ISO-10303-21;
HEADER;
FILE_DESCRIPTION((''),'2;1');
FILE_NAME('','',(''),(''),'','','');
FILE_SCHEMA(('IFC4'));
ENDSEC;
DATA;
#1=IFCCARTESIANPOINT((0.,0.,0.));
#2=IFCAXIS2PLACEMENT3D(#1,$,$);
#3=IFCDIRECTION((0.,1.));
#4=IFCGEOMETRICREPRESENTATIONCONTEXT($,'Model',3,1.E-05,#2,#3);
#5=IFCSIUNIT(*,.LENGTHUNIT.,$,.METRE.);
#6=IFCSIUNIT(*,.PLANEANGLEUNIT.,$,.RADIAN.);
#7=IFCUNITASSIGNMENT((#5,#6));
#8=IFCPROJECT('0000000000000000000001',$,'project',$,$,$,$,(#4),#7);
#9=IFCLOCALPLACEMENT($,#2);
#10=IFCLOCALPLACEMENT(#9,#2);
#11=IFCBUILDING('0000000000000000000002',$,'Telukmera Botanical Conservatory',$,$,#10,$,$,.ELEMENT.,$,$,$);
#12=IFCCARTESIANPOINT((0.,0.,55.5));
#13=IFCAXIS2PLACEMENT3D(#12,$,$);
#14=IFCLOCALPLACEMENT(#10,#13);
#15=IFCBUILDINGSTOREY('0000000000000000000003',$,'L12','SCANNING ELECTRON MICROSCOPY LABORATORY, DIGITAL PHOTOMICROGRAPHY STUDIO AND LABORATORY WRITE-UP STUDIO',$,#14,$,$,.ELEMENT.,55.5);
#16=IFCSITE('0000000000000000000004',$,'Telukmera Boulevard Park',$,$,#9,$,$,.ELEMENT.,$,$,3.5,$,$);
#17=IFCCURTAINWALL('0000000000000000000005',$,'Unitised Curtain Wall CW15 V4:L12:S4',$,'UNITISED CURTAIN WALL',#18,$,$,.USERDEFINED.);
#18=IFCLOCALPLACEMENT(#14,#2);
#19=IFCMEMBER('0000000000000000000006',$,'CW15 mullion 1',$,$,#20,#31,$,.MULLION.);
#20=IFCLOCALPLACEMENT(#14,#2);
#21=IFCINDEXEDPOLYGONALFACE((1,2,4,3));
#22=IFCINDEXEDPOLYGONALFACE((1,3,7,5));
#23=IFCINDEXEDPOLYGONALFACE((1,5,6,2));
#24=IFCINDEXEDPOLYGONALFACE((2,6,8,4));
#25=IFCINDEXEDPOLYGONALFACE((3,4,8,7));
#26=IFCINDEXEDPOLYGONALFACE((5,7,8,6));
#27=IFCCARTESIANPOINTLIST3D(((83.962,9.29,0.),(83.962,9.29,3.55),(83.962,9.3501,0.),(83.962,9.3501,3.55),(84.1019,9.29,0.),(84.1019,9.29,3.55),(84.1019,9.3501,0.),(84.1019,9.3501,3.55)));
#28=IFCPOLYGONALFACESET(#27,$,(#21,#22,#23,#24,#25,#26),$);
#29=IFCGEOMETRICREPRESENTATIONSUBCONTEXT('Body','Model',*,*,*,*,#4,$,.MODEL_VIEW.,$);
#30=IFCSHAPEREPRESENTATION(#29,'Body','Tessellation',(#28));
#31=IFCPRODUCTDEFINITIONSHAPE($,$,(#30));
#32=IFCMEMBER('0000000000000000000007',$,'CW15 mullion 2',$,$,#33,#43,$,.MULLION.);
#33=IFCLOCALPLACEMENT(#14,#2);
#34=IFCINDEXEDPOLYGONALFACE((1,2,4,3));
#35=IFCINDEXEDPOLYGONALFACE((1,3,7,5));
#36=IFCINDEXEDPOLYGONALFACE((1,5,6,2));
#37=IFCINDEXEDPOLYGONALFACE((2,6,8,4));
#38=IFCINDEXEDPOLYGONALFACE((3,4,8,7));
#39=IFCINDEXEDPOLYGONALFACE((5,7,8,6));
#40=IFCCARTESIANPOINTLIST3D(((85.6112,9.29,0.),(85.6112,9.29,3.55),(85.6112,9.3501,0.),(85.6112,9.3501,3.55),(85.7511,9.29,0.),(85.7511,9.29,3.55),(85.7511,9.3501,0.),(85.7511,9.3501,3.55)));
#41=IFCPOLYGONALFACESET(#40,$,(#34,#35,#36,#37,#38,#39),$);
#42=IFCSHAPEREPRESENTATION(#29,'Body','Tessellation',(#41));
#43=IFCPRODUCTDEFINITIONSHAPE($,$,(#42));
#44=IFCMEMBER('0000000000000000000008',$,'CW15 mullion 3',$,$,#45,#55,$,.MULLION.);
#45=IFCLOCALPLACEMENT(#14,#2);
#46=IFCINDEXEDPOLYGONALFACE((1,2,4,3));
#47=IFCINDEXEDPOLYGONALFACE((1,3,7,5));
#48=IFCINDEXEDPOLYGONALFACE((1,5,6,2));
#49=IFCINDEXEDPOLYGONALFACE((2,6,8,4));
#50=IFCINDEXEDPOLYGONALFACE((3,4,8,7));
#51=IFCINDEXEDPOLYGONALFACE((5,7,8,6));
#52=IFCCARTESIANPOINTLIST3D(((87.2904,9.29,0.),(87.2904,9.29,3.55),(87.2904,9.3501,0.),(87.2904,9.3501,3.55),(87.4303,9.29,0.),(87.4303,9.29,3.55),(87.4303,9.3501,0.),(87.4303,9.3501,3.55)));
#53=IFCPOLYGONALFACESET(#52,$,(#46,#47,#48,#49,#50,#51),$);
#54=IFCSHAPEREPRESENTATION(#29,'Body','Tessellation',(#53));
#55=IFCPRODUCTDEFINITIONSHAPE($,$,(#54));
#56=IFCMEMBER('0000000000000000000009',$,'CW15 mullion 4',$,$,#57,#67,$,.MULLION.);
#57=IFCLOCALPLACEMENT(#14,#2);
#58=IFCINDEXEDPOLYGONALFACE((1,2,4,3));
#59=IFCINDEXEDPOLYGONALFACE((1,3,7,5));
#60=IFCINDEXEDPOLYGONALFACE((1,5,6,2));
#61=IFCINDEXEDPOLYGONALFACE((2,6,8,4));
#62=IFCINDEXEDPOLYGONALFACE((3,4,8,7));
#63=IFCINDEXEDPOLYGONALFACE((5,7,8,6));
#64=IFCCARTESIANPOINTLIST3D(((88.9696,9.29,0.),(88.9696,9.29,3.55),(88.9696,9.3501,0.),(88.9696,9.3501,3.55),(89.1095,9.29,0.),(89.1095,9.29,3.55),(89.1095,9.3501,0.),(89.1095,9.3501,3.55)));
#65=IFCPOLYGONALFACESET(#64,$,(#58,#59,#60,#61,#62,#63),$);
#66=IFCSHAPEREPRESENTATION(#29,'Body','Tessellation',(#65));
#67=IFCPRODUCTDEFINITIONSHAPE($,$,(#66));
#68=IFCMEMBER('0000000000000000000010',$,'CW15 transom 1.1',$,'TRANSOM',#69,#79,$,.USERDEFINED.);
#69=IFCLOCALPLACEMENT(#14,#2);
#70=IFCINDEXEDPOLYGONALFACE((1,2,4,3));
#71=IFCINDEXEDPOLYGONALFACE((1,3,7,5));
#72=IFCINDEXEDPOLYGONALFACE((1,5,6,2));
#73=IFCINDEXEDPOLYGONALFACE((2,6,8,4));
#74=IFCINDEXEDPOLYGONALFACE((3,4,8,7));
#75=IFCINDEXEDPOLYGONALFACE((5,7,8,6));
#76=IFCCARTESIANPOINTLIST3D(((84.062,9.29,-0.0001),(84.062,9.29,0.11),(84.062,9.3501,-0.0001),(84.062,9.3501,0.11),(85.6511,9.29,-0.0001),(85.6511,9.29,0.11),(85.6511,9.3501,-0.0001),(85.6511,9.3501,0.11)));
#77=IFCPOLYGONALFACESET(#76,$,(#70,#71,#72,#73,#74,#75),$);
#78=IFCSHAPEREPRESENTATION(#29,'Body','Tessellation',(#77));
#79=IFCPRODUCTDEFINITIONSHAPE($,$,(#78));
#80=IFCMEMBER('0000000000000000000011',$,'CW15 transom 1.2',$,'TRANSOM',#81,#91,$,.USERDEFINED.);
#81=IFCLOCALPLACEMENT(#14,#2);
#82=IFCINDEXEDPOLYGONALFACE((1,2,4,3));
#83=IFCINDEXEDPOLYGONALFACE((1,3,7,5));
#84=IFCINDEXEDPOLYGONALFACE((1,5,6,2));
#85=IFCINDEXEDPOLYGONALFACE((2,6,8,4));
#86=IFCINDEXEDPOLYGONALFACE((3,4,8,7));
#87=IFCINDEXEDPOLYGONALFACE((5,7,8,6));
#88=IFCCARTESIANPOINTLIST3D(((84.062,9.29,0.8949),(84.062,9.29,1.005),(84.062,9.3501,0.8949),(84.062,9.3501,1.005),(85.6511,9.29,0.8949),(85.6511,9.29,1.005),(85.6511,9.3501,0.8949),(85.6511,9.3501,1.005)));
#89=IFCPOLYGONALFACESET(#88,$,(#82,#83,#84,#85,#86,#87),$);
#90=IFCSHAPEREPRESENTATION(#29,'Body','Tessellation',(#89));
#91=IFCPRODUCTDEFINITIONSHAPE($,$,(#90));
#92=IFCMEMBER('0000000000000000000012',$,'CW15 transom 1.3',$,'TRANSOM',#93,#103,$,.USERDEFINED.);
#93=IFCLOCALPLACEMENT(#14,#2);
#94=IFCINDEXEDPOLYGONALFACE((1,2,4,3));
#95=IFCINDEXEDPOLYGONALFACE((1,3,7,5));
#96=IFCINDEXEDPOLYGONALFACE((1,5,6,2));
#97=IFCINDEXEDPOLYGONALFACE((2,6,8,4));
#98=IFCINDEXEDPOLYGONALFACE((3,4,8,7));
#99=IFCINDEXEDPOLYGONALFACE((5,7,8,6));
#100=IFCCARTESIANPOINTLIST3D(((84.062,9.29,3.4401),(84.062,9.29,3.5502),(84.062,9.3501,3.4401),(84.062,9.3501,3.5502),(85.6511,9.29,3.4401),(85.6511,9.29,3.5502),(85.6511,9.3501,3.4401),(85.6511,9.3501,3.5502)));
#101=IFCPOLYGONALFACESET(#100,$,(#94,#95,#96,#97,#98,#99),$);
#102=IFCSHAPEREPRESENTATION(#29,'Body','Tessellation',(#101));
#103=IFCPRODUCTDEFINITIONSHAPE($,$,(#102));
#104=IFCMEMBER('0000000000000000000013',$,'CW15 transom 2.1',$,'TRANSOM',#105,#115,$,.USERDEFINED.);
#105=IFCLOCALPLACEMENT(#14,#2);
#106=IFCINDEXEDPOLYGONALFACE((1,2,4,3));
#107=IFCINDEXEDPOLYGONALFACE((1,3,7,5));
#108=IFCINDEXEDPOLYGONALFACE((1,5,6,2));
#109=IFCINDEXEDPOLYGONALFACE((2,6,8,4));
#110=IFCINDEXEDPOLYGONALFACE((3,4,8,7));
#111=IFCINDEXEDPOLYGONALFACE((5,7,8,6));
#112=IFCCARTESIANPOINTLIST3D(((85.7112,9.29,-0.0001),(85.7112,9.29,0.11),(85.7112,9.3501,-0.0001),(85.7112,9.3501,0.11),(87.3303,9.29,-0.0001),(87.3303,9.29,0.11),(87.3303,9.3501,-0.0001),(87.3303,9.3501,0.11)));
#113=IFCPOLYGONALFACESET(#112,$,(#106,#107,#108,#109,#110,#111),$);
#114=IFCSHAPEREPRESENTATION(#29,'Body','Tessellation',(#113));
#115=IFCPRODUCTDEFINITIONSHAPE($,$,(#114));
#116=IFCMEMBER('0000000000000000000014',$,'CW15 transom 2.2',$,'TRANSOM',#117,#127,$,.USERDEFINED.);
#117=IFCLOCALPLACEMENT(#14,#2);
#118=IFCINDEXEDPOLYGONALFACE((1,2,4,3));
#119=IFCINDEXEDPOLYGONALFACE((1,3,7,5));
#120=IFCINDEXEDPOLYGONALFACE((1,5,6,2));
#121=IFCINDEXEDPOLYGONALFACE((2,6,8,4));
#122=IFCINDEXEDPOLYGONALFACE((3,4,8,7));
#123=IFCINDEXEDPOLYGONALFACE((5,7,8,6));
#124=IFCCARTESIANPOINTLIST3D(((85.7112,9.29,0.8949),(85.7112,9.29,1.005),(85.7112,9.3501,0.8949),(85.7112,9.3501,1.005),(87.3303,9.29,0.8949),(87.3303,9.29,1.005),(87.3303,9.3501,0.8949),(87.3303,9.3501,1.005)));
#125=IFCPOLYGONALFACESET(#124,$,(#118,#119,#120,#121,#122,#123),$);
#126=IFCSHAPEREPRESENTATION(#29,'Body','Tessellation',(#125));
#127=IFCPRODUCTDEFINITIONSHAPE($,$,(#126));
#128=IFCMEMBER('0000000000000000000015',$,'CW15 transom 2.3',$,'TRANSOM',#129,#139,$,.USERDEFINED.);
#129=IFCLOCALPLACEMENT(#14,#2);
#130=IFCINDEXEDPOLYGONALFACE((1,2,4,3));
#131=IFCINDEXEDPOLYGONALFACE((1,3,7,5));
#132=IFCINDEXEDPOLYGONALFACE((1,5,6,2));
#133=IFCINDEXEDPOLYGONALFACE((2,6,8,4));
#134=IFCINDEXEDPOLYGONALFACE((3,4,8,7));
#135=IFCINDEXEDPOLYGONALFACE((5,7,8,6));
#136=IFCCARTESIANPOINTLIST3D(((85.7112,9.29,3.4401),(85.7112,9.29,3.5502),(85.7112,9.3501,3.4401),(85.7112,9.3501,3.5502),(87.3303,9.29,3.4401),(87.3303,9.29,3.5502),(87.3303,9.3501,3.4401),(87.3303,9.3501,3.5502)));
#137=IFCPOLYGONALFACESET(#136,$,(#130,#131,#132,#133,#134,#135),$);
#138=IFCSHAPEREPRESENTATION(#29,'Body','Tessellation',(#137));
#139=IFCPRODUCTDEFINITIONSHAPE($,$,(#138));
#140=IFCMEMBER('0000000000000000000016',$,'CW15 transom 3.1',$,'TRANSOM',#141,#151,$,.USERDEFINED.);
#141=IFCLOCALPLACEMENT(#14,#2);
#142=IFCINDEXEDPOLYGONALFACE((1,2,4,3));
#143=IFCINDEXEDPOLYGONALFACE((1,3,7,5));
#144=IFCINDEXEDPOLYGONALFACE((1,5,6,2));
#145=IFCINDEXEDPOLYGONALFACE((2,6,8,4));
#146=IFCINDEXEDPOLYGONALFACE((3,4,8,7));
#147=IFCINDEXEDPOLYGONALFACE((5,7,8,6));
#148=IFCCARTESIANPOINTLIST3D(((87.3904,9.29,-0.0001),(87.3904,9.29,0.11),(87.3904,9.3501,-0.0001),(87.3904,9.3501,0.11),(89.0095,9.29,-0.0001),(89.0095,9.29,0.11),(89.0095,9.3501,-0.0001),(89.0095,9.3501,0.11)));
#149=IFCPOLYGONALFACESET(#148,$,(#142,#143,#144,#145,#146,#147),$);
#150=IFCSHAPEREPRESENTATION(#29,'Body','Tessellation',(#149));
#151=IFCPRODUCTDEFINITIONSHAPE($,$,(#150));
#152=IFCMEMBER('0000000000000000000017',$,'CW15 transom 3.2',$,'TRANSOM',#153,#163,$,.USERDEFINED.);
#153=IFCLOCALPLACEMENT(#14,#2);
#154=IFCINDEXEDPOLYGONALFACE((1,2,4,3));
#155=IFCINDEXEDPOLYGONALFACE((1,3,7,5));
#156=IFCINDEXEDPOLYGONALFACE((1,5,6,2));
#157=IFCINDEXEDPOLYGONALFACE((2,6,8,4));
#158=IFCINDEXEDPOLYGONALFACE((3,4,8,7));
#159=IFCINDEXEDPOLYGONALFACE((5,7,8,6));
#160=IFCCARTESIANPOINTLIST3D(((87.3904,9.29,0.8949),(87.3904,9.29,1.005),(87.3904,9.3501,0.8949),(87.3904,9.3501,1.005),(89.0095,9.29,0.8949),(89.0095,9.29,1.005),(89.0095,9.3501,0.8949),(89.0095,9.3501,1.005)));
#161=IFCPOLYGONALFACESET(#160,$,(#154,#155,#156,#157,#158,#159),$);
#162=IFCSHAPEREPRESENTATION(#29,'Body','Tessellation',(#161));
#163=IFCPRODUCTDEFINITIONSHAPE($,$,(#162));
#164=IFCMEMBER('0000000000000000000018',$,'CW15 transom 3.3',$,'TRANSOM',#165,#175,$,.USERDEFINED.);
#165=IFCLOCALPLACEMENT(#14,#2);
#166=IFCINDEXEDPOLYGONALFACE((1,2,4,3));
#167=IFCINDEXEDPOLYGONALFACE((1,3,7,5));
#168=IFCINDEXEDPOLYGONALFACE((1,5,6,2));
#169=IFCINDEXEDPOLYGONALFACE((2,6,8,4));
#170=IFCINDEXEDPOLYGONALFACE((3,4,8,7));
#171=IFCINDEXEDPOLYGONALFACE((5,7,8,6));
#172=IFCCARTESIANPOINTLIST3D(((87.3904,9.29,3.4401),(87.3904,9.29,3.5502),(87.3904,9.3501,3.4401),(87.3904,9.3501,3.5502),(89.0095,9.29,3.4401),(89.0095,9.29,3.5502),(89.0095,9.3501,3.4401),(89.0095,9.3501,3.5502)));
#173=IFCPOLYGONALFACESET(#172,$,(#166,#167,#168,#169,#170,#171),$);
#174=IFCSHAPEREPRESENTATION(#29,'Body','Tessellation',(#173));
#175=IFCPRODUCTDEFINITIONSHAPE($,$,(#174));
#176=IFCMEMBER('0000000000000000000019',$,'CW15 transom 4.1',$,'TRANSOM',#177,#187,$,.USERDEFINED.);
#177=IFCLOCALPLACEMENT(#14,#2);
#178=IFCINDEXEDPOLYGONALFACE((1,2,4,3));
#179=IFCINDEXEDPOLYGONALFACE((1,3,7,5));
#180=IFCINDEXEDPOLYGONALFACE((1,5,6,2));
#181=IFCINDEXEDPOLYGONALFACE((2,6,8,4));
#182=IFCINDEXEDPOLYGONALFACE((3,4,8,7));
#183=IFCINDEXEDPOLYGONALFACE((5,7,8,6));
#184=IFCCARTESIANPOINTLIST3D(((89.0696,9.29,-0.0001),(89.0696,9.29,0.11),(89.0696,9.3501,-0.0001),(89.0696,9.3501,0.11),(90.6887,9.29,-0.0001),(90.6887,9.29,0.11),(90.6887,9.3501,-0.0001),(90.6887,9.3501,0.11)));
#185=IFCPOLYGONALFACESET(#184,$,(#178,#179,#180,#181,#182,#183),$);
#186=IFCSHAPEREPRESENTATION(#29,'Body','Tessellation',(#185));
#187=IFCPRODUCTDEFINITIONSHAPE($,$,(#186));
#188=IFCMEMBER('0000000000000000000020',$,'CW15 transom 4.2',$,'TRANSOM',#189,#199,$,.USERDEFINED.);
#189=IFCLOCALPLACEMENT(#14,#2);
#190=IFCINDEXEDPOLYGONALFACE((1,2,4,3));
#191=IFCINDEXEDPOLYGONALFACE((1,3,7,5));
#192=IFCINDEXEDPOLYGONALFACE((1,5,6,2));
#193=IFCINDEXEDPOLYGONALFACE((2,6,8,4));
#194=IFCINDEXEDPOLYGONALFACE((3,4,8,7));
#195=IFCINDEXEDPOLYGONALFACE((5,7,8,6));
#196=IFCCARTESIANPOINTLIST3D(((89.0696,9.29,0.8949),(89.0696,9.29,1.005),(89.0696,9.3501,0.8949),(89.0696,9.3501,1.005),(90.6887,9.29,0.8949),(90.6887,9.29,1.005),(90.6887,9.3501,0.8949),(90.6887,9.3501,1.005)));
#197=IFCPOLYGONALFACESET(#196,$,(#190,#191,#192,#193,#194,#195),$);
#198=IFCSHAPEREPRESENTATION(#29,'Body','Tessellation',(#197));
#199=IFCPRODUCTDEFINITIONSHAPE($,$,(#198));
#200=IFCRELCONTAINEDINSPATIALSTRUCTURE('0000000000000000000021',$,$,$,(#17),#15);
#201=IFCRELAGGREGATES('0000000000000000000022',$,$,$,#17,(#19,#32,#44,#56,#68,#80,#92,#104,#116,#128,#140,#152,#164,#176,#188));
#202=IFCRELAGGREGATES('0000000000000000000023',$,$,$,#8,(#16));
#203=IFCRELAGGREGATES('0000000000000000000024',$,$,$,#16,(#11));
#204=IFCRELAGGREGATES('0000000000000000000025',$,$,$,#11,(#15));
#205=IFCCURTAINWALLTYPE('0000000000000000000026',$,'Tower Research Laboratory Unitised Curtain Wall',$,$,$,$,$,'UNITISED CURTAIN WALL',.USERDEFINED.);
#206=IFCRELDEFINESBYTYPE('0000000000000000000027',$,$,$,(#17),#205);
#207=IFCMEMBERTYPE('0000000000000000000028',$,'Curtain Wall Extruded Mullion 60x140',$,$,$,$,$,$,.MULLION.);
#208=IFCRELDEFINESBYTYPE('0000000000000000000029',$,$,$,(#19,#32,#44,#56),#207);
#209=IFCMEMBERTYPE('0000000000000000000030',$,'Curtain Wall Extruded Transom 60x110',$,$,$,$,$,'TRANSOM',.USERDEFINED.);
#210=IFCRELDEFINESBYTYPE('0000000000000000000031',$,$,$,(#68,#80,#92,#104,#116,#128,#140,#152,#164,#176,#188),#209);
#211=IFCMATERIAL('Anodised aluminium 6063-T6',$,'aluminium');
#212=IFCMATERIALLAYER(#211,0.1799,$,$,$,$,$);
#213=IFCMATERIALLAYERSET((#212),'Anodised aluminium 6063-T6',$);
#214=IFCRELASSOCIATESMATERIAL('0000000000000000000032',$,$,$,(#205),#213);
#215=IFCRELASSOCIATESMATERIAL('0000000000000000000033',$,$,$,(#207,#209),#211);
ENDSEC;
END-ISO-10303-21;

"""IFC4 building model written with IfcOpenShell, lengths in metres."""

from ifc_helpers import new_model, si_unit, direction, frame, origin, origin_2d, place, context, subcontext, project, spatial, rectangle, extrude, material, layer, layer_set, material_profile, profile_set, type_object, element, aggregate, save


model = new_model("IFC4")

# Units and contexts
model_context = context("Model", 3, precision=1e-05, world=origin(), true_north=direction((0.0, 1.0)))
body_context = subcontext(model_context, "Body", "Model", "MODEL_VIEW")
ifc_project = project(units=[si_unit("LENGTHUNIT", "METRE"), si_unit("PLANEANGLEUNIT", "RADIAN")], contexts=[model_context])

# Site, building, storey
site_placement = place(None, origin())
site = spatial("IfcSite", under=ifc_project, at=site_placement, Name="Telukmera Boulevard Park", CompositionType="ELEMENT", RefElevation=3.5)
building_placement = place(site_placement, origin())
building = spatial("IfcBuilding", under=site, at=building_placement, Name="Telukmera Botanical Conservatory", CompositionType="ELEMENT")
storey_placement = place(building_placement, frame((0.0, 0.0, 55.5)))
storey = spatial("IfcBuildingStorey", under=building, at=storey_placement, Name="L12", Description="SCANNING ELECTRON MICROSCOPY LABORATORY, DIGITAL PHOTOMICROGRAPHY STUDIO AND LABORATORY WRITE-UP STUDIO", CompositionType="ELEMENT", Elevation=55.5)

# Curtain wall, members
ifc_material_1 = material(Name="Anodised aluminium 6063-T6", Category="aluminium")
ifc_layer_1 = layer(ifc_material_1, 0.1799)
ifc_layer_set_1 = layer_set([ifc_layer_1], Name="Anodised aluminium 6063-T6")
curtain_wall_type = type_object("IfcCurtainWallType", Name="Tower Research Laboratory Unitised Curtain Wall", ElementType="UNITISED CURTAIN WALL", PredefinedType="USERDEFINED", material=ifc_layer_set_1)
curtain_wall_placement = place(storey_placement, origin())
curtain_wall = element("IfcCurtainWall", 1, at=curtain_wall_placement, inside=storey, type_object=curtain_wall_type, Name="Unitised Curtain Wall CW15 V4:L12:S4", ObjectType="UNITISED CURTAIN WALL", PredefinedType="USERDEFINED")
ifc_material_profile_1 = material_profile(ifc_material_1, rectangle(XDim=0.0601, YDim=0.1399, at=origin_2d()), Name="ALU MULL 60x140")
ifc_profile_set_1 = profile_set([ifc_material_profile_1], Name="Anodised aluminium 6063-T6")
member_type_1 = type_object("IfcMemberType", Name="Curtain Wall Extruded Mullion 60x140", PredefinedType="MULLION", material=ifc_profile_set_1)
member_1_placement = place(storey_placement, frame((84.032, 9.3201, 0.0), z_axis=(0.0, 0.0, 1.0), x_axis=(0.0, 1.0, 0.0)))
member_1 = element("IfcMember", 2, at=member_1_placement, type_object=member_type_1, Name="CW15 mullion 1", PredefinedType="MULLION", context=body_context, shape_type="SweptSolid", body=[
    extrude(rectangle(XDim=0.0601, YDim=0.1399, at=origin_2d()), origin(), (0.0, 0.0, 1.0), 3.55),
])
member_2_placement = place(storey_placement, frame((85.6812, 9.3201, 0.0), z_axis=(0.0, 0.0, 1.0), x_axis=(0.0, 1.0, 0.0)))
member_2 = element("IfcMember", 3, at=member_2_placement, type_object=member_type_1, Name="CW15 mullion 2", PredefinedType="MULLION", context=body_context, shape_type="SweptSolid", body=[
    extrude(rectangle(XDim=0.0601, YDim=0.1399, at=origin_2d()), origin(), (0.0, 0.0, 1.0), 3.55),
])
member_3_placement = place(storey_placement, frame((87.3604, 9.3201, 0.0), z_axis=(0.0, 0.0, 1.0), x_axis=(0.0, 1.0, 0.0)))
member_3 = element("IfcMember", 4, at=member_3_placement, type_object=member_type_1, Name="CW15 mullion 3", PredefinedType="MULLION", context=body_context, shape_type="SweptSolid", body=[
    extrude(rectangle(XDim=0.0601, YDim=0.1399, at=origin_2d()), origin(), (0.0, 0.0, 1.0), 3.55),
])
member_4_placement = place(storey_placement, frame((89.0396, 9.3201, 0.0), z_axis=(0.0, 0.0, 1.0), x_axis=(0.0, 1.0, 0.0)))
member_4 = element("IfcMember", 5, at=member_4_placement, type_object=member_type_1, Name="CW15 mullion 4", PredefinedType="MULLION", context=body_context, shape_type="SweptSolid", body=[
    extrude(rectangle(XDim=0.0601, YDim=0.1399, at=origin_2d()), origin(), (0.0, 0.0, 1.0), 3.55),
])
ifc_material_profile_2 = material_profile(ifc_material_1, rectangle(XDim=0.0601, YDim=0.1101, at=origin_2d()), Name="ALU TRAN 60x110")
ifc_profile_set_2 = profile_set([ifc_material_profile_2], Name="Anodised aluminium 6063-T6")
member_type_2 = type_object("IfcMemberType", Name="Curtain Wall Extruded Transom 60x110", ElementType="TRANSOM", PredefinedType="USERDEFINED", material=ifc_profile_set_2)
member_5_placement = place(storey_placement, frame((84.062, 9.3201, 0.0549), z_axis=(1.0, 0.0, 0.0), x_axis=(0.0, 1.0, 0.0)))
member_5 = element("IfcMember", 6, at=member_5_placement, type_object=member_type_2, Name="CW15 transom 1.1", ObjectType="TRANSOM", PredefinedType="USERDEFINED", context=body_context, shape_type="SweptSolid", body=[
    extrude(rectangle(XDim=0.0601, YDim=0.1101, at=origin_2d()), origin(), (0.0, 0.0, 1.0), 1.5891),
])
member_6_placement = place(storey_placement, frame((84.062, 9.3201, 0.95), z_axis=(1.0, 0.0, 0.0), x_axis=(0.0, 1.0, 0.0)))
member_6 = element("IfcMember", 7, at=member_6_placement, type_object=member_type_2, Name="CW15 transom 1.2", ObjectType="TRANSOM", PredefinedType="USERDEFINED", context=body_context, shape_type="SweptSolid", body=[
    extrude(rectangle(XDim=0.0601, YDim=0.1101, at=origin_2d()), origin(), (0.0, 0.0, 1.0), 1.5891),
])
member_7_placement = place(storey_placement, frame((84.062, 9.3201, 3.4951), z_axis=(1.0, 0.0, 0.0), x_axis=(0.0, 1.0, 0.0)))
member_7 = element("IfcMember", 8, at=member_7_placement, type_object=member_type_2, Name="CW15 transom 1.3", ObjectType="TRANSOM", PredefinedType="USERDEFINED", context=body_context, shape_type="SweptSolid", body=[
    extrude(rectangle(XDim=0.0601, YDim=0.1101, at=origin_2d()), origin(), (0.0, 0.0, 1.0), 1.5891),
])
member_8_placement = place(storey_placement, frame((85.7112, 9.3201, 0.0549), z_axis=(1.0, 0.0, 0.0), x_axis=(0.0, 1.0, 0.0)))
member_8 = element("IfcMember", 9, at=member_8_placement, type_object=member_type_2, Name="CW15 transom 2.1", ObjectType="TRANSOM", PredefinedType="USERDEFINED", context=body_context, shape_type="SweptSolid", body=[
    extrude(rectangle(XDim=0.0601, YDim=0.1101, at=origin_2d()), origin(), (0.0, 0.0, 1.0), 1.6191),
])
member_9_placement = place(storey_placement, frame((85.7112, 9.3201, 0.95), z_axis=(1.0, 0.0, 0.0), x_axis=(0.0, 1.0, 0.0)))
member_9 = element("IfcMember", 10, at=member_9_placement, type_object=member_type_2, Name="CW15 transom 2.2", ObjectType="TRANSOM", PredefinedType="USERDEFINED", context=body_context, shape_type="SweptSolid", body=[
    extrude(rectangle(XDim=0.0601, YDim=0.1101, at=origin_2d()), origin(), (0.0, 0.0, 1.0), 1.6191),
])
member_10_placement = place(storey_placement, frame((85.7112, 9.3201, 3.4951), z_axis=(1.0, 0.0, 0.0), x_axis=(0.0, 1.0, 0.0)))
member_10 = element("IfcMember", 11, at=member_10_placement, type_object=member_type_2, Name="CW15 transom 2.3", ObjectType="TRANSOM", PredefinedType="USERDEFINED", context=body_context, shape_type="SweptSolid", body=[
    extrude(rectangle(XDim=0.0601, YDim=0.1101, at=origin_2d()), origin(), (0.0, 0.0, 1.0), 1.6191),
])
member_11_placement = place(storey_placement, frame((87.3904, 9.3201, 0.0549), z_axis=(1.0, 0.0, 0.0), x_axis=(0.0, 1.0, 0.0)))
member_11 = element("IfcMember", 12, at=member_11_placement, type_object=member_type_2, Name="CW15 transom 3.1", ObjectType="TRANSOM", PredefinedType="USERDEFINED", context=body_context, shape_type="SweptSolid", body=[
    extrude(rectangle(XDim=0.0601, YDim=0.1101, at=origin_2d()), origin(), (0.0, 0.0, 1.0), 1.6191),
])
member_12_placement = place(storey_placement, frame((87.3904, 9.3201, 0.95), z_axis=(1.0, 0.0, 0.0), x_axis=(0.0, 1.0, 0.0)))
member_12 = element("IfcMember", 13, at=member_12_placement, type_object=member_type_2, Name="CW15 transom 3.2", ObjectType="TRANSOM", PredefinedType="USERDEFINED", context=body_context, shape_type="SweptSolid", body=[
    extrude(rectangle(XDim=0.0601, YDim=0.1101, at=origin_2d()), origin(), (0.0, 0.0, 1.0), 1.6191),
])
member_13_placement = place(storey_placement, frame((87.3904, 9.3201, 3.4951), z_axis=(1.0, 0.0, 0.0), x_axis=(0.0, 1.0, 0.0)))
member_13 = element("IfcMember", 14, at=member_13_placement, type_object=member_type_2, Name="CW15 transom 3.3", ObjectType="TRANSOM", PredefinedType="USERDEFINED", context=body_context, shape_type="SweptSolid", body=[
    extrude(rectangle(XDim=0.0601, YDim=0.1101, at=origin_2d()), origin(), (0.0, 0.0, 1.0), 1.6191),
])
member_14_placement = place(storey_placement, frame((89.0696, 9.3201, 0.0549), z_axis=(1.0, 0.0, 0.0), x_axis=(0.0, 1.0, 0.0)))
member_14 = element("IfcMember", 15, at=member_14_placement, type_object=member_type_2, Name="CW15 transom 4.1", ObjectType="TRANSOM", PredefinedType="USERDEFINED", context=body_context, shape_type="SweptSolid", body=[
    extrude(rectangle(XDim=0.0601, YDim=0.1101, at=origin_2d()), origin(), (0.0, 0.0, 1.0), 1.6191),
])
member_15_placement = place(storey_placement, frame((89.0696, 9.3201, 0.95), z_axis=(1.0, 0.0, 0.0), x_axis=(0.0, 1.0, 0.0)))
member_15 = element("IfcMember", 16, at=member_15_placement, type_object=member_type_2, Name="CW15 transom 4.2", ObjectType="TRANSOM", PredefinedType="USERDEFINED", context=body_context, shape_type="SweptSolid", body=[
    extrude(rectangle(XDim=0.0601, YDim=0.1101, at=origin_2d()), origin(), (0.0, 0.0, 1.0), 1.6191),
])
aggregate(curtain_wall, [member_1, member_2, member_3, member_4, member_5, member_6, member_7, member_8, member_9, member_10, member_11, member_12, member_13, member_14, member_15])

save(model, "model.ifc")
